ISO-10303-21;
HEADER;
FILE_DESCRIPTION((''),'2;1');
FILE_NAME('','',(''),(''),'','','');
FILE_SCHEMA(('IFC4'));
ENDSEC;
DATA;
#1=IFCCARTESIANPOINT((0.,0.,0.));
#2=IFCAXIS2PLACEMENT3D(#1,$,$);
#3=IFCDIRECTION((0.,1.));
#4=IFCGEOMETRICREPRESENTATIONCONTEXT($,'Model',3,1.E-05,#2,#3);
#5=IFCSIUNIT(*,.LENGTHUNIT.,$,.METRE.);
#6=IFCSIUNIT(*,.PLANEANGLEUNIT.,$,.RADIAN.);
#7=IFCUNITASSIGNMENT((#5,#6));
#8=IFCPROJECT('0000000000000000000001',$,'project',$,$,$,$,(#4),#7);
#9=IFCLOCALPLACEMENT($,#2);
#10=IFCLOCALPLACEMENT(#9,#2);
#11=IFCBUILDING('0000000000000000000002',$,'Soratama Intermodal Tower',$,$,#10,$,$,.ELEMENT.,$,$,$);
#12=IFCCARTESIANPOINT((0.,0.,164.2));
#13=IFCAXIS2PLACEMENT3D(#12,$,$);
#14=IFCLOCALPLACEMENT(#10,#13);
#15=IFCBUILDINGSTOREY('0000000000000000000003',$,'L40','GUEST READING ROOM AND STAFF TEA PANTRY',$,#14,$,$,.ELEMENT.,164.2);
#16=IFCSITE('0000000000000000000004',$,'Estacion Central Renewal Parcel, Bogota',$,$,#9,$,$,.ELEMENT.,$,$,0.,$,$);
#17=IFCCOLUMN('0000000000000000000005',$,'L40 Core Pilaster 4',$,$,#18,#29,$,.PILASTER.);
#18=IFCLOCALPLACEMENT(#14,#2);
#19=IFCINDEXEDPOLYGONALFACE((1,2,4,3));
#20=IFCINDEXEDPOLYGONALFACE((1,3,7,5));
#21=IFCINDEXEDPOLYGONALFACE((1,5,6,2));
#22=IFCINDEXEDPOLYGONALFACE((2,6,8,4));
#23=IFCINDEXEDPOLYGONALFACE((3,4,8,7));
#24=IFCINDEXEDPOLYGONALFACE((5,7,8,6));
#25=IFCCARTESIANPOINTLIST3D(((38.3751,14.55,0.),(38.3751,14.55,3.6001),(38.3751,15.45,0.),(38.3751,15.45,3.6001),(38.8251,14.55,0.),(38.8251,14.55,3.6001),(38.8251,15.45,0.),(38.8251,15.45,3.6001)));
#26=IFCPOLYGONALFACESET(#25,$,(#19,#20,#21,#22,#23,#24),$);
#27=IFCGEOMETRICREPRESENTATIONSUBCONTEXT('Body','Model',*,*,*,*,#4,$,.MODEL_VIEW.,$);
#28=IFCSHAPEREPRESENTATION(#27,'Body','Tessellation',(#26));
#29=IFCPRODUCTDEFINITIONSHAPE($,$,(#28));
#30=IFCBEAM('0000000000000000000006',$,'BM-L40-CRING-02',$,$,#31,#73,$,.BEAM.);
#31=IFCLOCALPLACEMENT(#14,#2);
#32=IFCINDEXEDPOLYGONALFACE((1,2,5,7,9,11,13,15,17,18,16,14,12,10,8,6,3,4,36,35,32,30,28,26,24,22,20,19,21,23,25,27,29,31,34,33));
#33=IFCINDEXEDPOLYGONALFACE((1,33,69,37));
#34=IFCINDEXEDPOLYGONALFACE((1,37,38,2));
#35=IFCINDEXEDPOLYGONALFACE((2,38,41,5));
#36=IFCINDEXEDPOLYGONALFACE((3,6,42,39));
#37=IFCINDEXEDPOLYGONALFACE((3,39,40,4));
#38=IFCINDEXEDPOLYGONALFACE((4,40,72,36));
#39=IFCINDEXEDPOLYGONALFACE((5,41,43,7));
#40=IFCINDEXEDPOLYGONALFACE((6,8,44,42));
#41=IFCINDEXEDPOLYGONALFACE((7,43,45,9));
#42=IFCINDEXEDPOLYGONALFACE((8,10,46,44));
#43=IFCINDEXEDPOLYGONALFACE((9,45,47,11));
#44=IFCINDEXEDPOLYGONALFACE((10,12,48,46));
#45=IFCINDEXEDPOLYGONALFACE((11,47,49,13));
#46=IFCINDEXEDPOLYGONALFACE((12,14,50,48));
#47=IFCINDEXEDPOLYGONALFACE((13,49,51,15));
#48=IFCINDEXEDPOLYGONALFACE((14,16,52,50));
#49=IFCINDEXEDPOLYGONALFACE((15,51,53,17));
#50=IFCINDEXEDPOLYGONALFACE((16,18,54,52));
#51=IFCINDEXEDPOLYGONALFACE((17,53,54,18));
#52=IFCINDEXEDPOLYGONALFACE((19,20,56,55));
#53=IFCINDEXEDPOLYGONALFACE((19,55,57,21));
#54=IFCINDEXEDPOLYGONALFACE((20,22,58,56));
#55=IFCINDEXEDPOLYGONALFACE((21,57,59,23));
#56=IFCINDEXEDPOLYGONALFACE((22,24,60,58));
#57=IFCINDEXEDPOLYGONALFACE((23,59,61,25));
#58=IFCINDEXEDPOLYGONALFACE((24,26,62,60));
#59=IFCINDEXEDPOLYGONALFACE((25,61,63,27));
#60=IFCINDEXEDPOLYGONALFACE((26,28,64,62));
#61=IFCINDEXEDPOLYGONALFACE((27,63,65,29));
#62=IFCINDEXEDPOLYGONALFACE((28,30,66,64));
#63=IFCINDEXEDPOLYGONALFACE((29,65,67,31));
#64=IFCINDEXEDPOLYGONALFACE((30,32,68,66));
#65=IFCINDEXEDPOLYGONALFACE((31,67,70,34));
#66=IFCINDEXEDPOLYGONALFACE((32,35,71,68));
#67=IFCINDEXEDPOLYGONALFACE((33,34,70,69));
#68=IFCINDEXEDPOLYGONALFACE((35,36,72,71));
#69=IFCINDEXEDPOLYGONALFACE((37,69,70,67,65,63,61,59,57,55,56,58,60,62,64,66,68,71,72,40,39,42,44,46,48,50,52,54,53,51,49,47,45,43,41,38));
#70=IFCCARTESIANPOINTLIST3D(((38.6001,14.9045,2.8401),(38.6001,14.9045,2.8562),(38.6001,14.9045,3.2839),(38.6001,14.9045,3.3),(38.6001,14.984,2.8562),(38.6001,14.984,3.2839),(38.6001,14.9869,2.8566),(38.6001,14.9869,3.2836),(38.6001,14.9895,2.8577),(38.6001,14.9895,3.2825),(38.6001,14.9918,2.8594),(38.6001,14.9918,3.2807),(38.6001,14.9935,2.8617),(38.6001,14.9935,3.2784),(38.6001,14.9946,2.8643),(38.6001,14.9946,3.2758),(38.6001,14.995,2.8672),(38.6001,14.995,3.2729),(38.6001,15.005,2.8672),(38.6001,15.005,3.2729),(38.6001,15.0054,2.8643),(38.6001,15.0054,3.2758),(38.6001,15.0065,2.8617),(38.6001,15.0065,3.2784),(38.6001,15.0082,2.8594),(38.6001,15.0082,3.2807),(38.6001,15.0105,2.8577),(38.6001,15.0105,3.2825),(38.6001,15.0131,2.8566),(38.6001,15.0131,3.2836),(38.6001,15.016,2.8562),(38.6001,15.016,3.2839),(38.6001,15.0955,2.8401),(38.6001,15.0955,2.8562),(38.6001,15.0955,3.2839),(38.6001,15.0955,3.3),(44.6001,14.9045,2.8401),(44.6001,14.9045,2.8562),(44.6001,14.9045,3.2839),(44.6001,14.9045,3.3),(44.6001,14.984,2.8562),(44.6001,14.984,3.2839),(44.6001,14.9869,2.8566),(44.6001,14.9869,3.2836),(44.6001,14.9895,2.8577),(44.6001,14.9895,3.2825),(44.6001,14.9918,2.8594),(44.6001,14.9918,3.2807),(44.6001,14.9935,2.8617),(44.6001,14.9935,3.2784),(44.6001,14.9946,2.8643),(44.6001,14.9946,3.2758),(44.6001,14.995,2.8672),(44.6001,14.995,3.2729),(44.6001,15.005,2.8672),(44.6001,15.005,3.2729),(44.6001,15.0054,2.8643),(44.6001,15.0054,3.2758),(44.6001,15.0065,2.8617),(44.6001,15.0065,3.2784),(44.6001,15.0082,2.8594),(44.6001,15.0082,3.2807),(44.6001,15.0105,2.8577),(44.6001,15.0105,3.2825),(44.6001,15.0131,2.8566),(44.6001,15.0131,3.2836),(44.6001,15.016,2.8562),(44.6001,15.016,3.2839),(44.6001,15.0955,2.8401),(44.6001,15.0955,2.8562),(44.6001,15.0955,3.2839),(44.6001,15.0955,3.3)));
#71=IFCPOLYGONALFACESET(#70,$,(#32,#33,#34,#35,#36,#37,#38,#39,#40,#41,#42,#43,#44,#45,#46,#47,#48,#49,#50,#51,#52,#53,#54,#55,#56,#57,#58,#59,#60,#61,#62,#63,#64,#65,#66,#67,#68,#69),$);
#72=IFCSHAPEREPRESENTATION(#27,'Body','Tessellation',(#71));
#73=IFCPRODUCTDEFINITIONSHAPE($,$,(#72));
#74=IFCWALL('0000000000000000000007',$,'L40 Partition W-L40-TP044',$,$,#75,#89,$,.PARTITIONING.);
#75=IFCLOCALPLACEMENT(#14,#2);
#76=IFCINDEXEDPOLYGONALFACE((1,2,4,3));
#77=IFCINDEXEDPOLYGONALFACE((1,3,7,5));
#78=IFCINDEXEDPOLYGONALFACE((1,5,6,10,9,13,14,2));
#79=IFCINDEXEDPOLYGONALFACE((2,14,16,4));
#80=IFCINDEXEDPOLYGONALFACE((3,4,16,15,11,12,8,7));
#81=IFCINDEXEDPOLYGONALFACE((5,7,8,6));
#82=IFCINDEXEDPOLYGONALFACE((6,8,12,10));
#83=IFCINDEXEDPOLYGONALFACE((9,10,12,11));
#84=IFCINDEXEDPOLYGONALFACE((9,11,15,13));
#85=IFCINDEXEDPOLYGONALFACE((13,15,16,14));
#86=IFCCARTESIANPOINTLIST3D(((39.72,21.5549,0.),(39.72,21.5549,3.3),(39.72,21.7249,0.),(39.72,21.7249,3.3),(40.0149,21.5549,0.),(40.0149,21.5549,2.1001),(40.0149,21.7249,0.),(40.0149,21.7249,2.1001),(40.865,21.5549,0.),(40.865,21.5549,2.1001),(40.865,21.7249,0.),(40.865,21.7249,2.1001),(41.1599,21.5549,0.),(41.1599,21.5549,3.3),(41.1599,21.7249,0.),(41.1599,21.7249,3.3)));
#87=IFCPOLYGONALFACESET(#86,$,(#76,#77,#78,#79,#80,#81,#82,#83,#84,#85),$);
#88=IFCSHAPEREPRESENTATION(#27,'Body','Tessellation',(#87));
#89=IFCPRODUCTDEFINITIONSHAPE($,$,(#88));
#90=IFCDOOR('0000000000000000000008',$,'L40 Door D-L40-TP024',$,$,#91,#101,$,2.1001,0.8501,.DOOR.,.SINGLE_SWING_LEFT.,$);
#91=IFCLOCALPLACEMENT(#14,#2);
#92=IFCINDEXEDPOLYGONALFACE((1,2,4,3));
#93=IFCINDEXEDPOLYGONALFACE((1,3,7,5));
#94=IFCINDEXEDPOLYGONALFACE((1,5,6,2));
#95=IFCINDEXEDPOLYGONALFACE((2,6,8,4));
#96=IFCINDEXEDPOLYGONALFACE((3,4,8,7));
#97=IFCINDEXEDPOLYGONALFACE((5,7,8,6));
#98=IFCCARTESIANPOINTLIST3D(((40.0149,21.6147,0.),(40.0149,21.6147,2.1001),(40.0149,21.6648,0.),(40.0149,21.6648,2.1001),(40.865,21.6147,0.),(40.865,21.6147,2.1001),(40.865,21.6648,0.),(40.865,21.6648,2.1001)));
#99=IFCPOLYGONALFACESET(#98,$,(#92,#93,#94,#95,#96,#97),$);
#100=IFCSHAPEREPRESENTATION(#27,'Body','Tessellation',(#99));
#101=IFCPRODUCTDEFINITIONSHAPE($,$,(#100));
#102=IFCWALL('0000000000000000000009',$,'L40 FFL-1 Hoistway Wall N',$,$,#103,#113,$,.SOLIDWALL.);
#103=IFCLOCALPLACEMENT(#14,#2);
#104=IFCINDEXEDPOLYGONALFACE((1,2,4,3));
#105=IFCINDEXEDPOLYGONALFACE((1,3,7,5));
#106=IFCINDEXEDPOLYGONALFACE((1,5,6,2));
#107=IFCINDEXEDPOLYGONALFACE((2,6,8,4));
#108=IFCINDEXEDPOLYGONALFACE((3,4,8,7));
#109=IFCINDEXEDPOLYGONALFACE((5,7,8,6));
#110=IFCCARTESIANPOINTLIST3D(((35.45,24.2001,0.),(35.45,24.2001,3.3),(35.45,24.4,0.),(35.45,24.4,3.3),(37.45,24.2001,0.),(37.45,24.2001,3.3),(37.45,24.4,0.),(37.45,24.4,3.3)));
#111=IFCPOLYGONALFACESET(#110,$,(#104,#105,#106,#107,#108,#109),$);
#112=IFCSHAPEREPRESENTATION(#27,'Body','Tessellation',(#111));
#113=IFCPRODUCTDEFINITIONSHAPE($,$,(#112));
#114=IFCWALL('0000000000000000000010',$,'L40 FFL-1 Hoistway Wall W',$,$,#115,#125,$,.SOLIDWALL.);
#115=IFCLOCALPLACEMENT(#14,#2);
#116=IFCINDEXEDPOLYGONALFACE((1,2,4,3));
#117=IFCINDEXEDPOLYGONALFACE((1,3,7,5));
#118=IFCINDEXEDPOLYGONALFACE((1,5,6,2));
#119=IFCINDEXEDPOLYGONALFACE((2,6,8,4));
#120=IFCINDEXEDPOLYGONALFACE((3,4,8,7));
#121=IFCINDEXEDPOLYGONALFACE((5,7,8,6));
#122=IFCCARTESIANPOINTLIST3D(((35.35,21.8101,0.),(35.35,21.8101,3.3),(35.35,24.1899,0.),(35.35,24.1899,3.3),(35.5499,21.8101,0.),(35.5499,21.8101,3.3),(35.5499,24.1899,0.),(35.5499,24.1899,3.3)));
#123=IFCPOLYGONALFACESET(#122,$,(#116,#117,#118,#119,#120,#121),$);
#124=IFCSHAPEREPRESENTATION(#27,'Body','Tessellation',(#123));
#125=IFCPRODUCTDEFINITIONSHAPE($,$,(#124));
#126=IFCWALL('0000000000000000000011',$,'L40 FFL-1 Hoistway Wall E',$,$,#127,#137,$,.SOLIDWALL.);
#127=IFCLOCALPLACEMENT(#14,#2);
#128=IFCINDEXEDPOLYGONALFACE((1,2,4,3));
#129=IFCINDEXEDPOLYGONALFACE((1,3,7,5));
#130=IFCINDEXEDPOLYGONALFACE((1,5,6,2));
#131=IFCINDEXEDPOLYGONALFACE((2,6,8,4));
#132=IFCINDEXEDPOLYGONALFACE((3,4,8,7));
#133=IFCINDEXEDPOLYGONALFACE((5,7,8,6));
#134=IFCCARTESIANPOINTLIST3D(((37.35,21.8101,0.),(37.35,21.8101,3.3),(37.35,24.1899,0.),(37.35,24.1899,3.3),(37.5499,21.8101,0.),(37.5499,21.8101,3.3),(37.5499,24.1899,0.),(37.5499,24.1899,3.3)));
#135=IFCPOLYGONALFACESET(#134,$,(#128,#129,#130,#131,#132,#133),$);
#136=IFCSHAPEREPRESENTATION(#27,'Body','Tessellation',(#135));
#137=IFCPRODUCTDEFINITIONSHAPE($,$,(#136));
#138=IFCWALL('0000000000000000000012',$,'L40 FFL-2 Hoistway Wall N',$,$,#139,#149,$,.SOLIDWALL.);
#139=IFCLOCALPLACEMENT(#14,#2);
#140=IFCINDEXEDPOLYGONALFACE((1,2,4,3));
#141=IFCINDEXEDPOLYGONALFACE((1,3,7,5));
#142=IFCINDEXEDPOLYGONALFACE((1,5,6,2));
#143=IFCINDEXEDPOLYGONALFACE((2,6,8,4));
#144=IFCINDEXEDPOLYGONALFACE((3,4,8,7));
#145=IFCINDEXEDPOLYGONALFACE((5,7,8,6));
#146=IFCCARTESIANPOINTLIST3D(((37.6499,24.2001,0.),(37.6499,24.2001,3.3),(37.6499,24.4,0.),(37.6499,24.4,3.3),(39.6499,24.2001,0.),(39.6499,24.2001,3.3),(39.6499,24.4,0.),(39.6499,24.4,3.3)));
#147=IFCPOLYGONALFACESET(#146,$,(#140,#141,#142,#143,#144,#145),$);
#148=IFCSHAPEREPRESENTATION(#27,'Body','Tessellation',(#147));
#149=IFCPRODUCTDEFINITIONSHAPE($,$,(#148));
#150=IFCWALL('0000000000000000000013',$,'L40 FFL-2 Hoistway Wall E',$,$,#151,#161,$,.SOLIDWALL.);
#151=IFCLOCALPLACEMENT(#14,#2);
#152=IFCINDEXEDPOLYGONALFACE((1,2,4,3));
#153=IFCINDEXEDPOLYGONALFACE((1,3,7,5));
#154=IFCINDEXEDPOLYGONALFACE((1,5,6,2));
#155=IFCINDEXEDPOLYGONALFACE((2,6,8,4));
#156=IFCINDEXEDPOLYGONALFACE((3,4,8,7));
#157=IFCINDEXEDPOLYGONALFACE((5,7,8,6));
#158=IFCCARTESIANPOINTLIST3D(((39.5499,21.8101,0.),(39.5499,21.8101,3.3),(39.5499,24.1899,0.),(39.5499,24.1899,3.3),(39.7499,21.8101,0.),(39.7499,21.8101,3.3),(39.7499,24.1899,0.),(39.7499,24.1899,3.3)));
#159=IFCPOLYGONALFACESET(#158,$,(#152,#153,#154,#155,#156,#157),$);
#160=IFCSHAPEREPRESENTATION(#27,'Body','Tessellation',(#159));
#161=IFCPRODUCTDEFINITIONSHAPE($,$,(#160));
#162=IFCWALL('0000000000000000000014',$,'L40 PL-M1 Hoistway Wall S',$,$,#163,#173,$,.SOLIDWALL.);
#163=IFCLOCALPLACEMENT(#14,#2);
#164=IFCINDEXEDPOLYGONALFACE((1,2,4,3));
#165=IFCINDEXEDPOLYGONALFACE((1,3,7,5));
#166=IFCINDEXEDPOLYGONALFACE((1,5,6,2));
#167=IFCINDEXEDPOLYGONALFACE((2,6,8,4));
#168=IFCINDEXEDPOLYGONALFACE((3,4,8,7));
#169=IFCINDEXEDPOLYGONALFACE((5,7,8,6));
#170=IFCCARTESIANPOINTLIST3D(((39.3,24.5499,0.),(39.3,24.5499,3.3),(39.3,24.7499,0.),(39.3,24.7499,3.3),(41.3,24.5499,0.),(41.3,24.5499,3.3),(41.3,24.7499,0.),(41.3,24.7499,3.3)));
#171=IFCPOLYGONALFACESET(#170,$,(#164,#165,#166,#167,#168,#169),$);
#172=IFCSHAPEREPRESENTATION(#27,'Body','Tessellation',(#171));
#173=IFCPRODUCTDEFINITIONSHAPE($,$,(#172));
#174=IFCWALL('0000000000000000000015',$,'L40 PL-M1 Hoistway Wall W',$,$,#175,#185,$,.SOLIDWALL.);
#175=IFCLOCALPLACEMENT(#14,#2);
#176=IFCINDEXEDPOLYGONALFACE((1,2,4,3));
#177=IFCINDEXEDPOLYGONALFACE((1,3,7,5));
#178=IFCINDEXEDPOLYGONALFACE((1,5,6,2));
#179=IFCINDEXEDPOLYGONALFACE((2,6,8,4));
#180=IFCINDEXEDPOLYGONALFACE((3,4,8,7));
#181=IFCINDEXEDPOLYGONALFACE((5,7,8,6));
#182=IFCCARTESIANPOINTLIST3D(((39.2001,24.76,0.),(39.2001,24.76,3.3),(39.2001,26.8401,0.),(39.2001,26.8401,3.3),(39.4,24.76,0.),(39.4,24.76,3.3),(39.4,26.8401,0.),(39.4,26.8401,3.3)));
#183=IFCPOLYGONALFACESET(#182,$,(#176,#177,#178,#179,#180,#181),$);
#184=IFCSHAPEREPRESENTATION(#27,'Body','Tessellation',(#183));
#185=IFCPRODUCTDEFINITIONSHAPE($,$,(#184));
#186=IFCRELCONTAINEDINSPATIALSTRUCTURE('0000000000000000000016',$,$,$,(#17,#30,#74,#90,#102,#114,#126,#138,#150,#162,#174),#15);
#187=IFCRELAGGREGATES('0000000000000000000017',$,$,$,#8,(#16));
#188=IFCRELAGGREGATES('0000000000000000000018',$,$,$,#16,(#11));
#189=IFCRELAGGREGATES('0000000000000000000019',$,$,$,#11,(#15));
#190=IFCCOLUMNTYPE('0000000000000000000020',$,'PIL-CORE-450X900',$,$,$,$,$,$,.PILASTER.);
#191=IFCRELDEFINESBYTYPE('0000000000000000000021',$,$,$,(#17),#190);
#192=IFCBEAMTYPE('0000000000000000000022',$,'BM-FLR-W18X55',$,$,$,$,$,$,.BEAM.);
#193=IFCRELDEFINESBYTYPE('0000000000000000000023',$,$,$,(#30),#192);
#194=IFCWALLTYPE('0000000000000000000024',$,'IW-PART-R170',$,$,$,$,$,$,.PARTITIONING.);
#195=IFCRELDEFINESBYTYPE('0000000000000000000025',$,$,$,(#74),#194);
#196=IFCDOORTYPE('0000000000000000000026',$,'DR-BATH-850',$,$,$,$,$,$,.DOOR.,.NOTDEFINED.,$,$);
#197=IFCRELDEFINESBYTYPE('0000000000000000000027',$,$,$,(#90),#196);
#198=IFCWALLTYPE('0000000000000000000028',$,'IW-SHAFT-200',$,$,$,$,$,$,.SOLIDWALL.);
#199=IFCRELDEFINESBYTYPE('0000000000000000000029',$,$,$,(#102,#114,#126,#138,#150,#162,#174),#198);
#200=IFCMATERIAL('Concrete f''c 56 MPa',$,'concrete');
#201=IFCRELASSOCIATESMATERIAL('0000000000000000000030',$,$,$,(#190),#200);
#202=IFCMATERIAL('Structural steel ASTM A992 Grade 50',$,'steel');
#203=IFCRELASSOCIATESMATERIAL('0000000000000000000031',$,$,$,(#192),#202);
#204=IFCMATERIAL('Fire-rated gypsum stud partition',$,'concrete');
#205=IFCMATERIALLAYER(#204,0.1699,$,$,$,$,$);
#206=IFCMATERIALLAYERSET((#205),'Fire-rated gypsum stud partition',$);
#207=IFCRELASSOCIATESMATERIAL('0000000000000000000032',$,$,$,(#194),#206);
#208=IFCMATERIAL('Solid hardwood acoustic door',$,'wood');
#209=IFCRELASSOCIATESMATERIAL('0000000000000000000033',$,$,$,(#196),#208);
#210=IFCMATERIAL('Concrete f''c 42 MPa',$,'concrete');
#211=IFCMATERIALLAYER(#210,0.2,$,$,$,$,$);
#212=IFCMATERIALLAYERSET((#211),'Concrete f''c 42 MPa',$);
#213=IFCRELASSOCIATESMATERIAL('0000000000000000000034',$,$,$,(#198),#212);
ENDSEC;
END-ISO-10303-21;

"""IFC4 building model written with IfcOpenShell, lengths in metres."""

from ifc_helpers import new_model, si_unit, direction, frame, frame_2d, origin, origin_2d, place, context, subcontext, project, spatial, rectangle, i_section, extrude, material, layer, layer_set, material_profile, profile_set, type_object, element, fill, save


model = new_model("IFC4")

# Units and contexts
model_context = context("Model", 3, precision=1e-05, world=origin(), true_north=direction((0.0, 1.0)))
body_context = subcontext(model_context, "Body", "Model", "MODEL_VIEW")
ifc_project = project(units=[si_unit("LENGTHUNIT", "METRE"), si_unit("PLANEANGLEUNIT", "RADIAN")], contexts=[model_context])

# Site, building, storey
site_placement = place(None, origin())
site = spatial("IfcSite", under=ifc_project, at=site_placement, Name="Estacion Central Renewal Parcel, Bogota", CompositionType="ELEMENT", RefElevation=0.0)
building_placement = place(site_placement, origin())
building = spatial("IfcBuilding", under=site, at=building_placement, Name="Soratama Intermodal Tower", CompositionType="ELEMENT")
storey_placement = place(building_placement, frame((0.0, 0.0, 164.2)))
storey = spatial("IfcBuildingStorey", under=building, at=storey_placement, Name="L40", Description="GUEST READING ROOM AND STAFF TEA PANTRY", CompositionType="ELEMENT", Elevation=164.2)

# Column
ifc_material_1 = material(Name="Concrete f'c 56 MPa", Category="concrete")
ifc_material_profile_1 = material_profile(ifc_material_1, rectangle(XDim=0.45, YDim=0.8999, at=origin_2d()), Name="RC450X900")
ifc_profile_set_1 = profile_set([ifc_material_profile_1], Name="Concrete f'c 56 MPa")
column_type = type_object("IfcColumnType", Name="PIL-CORE-450X900", PredefinedType="PILASTER", material=ifc_profile_set_1)
column_placement = place(storey_placement, frame((38.6001, 15.0, 0.0), z_axis=(0.0, 0.0, 1.0), x_axis=(1.0, 0.0, 0.0)))
element("IfcColumn", 1, at=column_placement, inside=storey, type_object=column_type, Name="L40 Core Pilaster 4", PredefinedType="PILASTER", context=body_context, shape_type="SweptSolid", body=[
    extrude(rectangle(XDim=0.45, YDim=0.8999, at=origin_2d()), origin(), (0.0, 0.0, 1.0), 3.6001),
])

# Beam
ifc_material_2 = material(Name="Structural steel ASTM A992 Grade 50", Category="steel")
ifc_material_profile_2 = material_profile(ifc_material_2, i_section(OverallWidth=0.1909, OverallDepth=0.46, WebThickness=0.01, FlangeThickness=0.0161, FilletRadius=0.011, at=origin_2d()), Name="W18X55")
ifc_profile_set_2 = profile_set([ifc_material_profile_2], Name="Structural steel ASTM A992 Grade 50")
beam_type = type_object("IfcBeamType", Name="BM-FLR-W18X55", PredefinedType="BEAM", material=ifc_profile_set_2)
beam_placement = place(storey_placement, frame((38.6001, 15.0, 3.0701), z_axis=(1.0, 0.0, 0.0), x_axis=(0.0, 1.0, 0.0)))
element("IfcBeam", 2, at=beam_placement, inside=storey, type_object=beam_type, Name="BM-L40-CRING-02", PredefinedType="BEAM", context=body_context, shape_type="SweptSolid", body=[
    extrude(i_section(OverallWidth=0.1909, OverallDepth=0.46, WebThickness=0.01, FlangeThickness=0.0161, FilletRadius=0.011, at=origin_2d()), origin(), (0.0, 0.0, 1.0), 6.0),
])

# Wall, opening, door
ifc_material_3 = material(Name="Fire-rated gypsum stud partition", Category="concrete")
ifc_layer_1 = layer(ifc_material_3, 0.1699)
ifc_layer_set_1 = layer_set([ifc_layer_1], Name="Fire-rated gypsum stud partition")
wall_type_1 = type_object("IfcWallType", Name="IW-PART-R170", PredefinedType="PARTITIONING", material=ifc_layer_set_1)
wall_1_placement = place(storey_placement, frame((39.72, 21.6399, 0.0), z_axis=(0.0, 0.0, 1.0), x_axis=(1.0, 0.0, 0.0)))
wall_1 = element("IfcWall", 3, at=wall_1_placement, inside=storey, type_object=wall_type_1, Name="L40 Partition W-L40-TP044", PredefinedType="PARTITIONING", context=body_context, shape_type="SweptSolid", body=[
    extrude(rectangle(XDim=1.4399, YDim=0.1699, at=frame_2d((0.72, 0.0))), origin(), (0.0, 0.0, 1.0), 3.3),
])
opening_1_placement = place(wall_1_placement, frame((0.2949, 0.0, 0.0)))
opening_1 = element("IfcOpeningElement", 4, at=opening_1_placement, cuts=wall_1, PredefinedType="OPENING", context=body_context, shape_type="SweptSolid", body=[
    extrude(rectangle(XDim=0.8501, YDim=2.1001, at=frame_2d((0.425, 1.05))), frame((0.0, 0.095, 0.0), z_axis=(0.0, -1.0, 0.0), x_axis=(1.0, 0.0, 0.0)), (0.0, 0.0, 1.0), 0.1899),
])
ifc_material_4 = material(Name="Solid hardwood acoustic door", Category="wood")
door_type_1 = type_object("IfcDoorType", Name="DR-BATH-850", OperationType="NOTDEFINED", PredefinedType="DOOR", material=ifc_material_4)
door_1_placement = place(opening_1_placement, origin())
door_1 = element("IfcDoor", 5, at=door_1_placement, inside=storey, type_object=door_type_1, Name="L40 Door D-L40-TP024", OperationType="SINGLE_SWING_LEFT", OverallHeight=2.1001, OverallWidth=0.8501, PredefinedType="DOOR", context=body_context, shape_type="SweptSolid", body=[
    extrude(rectangle(XDim=0.8501, YDim=2.1001, at=frame_2d((0.425, 1.05))), frame((0.0, 0.0249, 0.0), z_axis=(0.0, -1.0, 0.0), x_axis=(1.0, 0.0, 0.0)), (0.0, 0.0, 1.0), 0.05),
])
fill(opening_1, door_1)
ifc_material_5 = material(Name="Concrete f'c 42 MPa", Category="concrete")
ifc_layer_2 = layer(ifc_material_5, 0.2)
ifc_layer_set_2 = layer_set([ifc_layer_2], Name="Concrete f'c 42 MPa")
wall_type_2 = type_object("IfcWallType", Name="IW-SHAFT-200", PredefinedType="SOLIDWALL", material=ifc_layer_set_2)

# Walls
wall_2_placement = place(storey_placement, frame((35.45, 24.3, 0.0), z_axis=(0.0, 0.0, 1.0), x_axis=(1.0, 0.0, 0.0)))
element("IfcWall", 6, at=wall_2_placement, inside=storey, type_object=wall_type_2, Name="L40 FFL-1 Hoistway Wall N", PredefinedType="SOLIDWALL", context=body_context, shape_type="SweptSolid", body=[
    extrude(rectangle(XDim=2.0, YDim=0.2, at=frame_2d((1.0, 0.0))), origin(), (0.0, 0.0, 1.0), 3.3),
])
for number, where, z_axis, x_axis, name in (
    (7, (35.45, 21.8101, 0.0), (0.0, 0.0, 1.0), (0.0, 1.0, 0.0), "L40 FFL-1 Hoistway Wall W"),
    (8, (37.45, 21.8101, 0.0), (0.0, 0.0, 1.0), (0.0, 1.0, 0.0), "L40 FFL-1 Hoistway Wall E"),
):
    element("IfcWall", number, at=place(storey_placement, frame(where, z_axis=z_axis, x_axis=x_axis)), inside=storey, type_object=wall_type_2, Name=name, PredefinedType="SOLIDWALL", context=body_context, shape_type="SweptSolid", body=[
        extrude(rectangle(XDim=2.3799, YDim=0.2, at=frame_2d((1.1899, 0.0))), origin(), (0.0, 0.0, 1.0), 3.3),
    ])

# Walls
wall_3_placement = place(storey_placement, frame((37.6499, 24.3, 0.0), z_axis=(0.0, 0.0, 1.0), x_axis=(1.0, 0.0, 0.0)))
element("IfcWall", 9, at=wall_3_placement, inside=storey, type_object=wall_type_2, Name="L40 FFL-2 Hoistway Wall N", PredefinedType="SOLIDWALL", context=body_context, shape_type="SweptSolid", body=[
    extrude(rectangle(XDim=2.0, YDim=0.2, at=frame_2d((1.0, 0.0))), origin(), (0.0, 0.0, 1.0), 3.3),
])
wall_4_placement = place(storey_placement, frame((39.6499, 21.8101, 0.0), z_axis=(0.0, 0.0, 1.0), x_axis=(0.0, 1.0, 0.0)))
element("IfcWall", 10, at=wall_4_placement, inside=storey, type_object=wall_type_2, Name="L40 FFL-2 Hoistway Wall E", PredefinedType="SOLIDWALL", context=body_context, shape_type="SweptSolid", body=[
    extrude(rectangle(XDim=2.3799, YDim=0.2, at=frame_2d((1.1899, 0.0))), origin(), (0.0, 0.0, 1.0), 3.3),
])

# Walls
wall_5_placement = place(storey_placement, frame((39.3, 24.6499, 0.0), z_axis=(0.0, 0.0, 1.0), x_axis=(1.0, 0.0, 0.0)))
element("IfcWall", 11, at=wall_5_placement, inside=storey, type_object=wall_type_2, Name="L40 PL-M1 Hoistway Wall S", PredefinedType="SOLIDWALL", context=body_context, shape_type="SweptSolid", body=[
    extrude(rectangle(XDim=2.0, YDim=0.2, at=frame_2d((1.0, 0.0))), origin(), (0.0, 0.0, 1.0), 3.3),
])
wall_6_placement = place(storey_placement, frame((39.3, 24.76, 0.0), z_axis=(0.0, 0.0, 1.0), x_axis=(0.0, 1.0, 0.0)))
element("IfcWall", 12, at=wall_6_placement, inside=storey, type_object=wall_type_2, Name="L40 PL-M1 Hoistway Wall W", PredefinedType="SOLIDWALL", context=body_context, shape_type="SweptSolid", body=[
    extrude(rectangle(XDim=2.0801, YDim=0.2, at=frame_2d((1.04, 0.0))), origin(), (0.0, 0.0, 1.0), 3.3),
])

save(model, "model.ifc")
